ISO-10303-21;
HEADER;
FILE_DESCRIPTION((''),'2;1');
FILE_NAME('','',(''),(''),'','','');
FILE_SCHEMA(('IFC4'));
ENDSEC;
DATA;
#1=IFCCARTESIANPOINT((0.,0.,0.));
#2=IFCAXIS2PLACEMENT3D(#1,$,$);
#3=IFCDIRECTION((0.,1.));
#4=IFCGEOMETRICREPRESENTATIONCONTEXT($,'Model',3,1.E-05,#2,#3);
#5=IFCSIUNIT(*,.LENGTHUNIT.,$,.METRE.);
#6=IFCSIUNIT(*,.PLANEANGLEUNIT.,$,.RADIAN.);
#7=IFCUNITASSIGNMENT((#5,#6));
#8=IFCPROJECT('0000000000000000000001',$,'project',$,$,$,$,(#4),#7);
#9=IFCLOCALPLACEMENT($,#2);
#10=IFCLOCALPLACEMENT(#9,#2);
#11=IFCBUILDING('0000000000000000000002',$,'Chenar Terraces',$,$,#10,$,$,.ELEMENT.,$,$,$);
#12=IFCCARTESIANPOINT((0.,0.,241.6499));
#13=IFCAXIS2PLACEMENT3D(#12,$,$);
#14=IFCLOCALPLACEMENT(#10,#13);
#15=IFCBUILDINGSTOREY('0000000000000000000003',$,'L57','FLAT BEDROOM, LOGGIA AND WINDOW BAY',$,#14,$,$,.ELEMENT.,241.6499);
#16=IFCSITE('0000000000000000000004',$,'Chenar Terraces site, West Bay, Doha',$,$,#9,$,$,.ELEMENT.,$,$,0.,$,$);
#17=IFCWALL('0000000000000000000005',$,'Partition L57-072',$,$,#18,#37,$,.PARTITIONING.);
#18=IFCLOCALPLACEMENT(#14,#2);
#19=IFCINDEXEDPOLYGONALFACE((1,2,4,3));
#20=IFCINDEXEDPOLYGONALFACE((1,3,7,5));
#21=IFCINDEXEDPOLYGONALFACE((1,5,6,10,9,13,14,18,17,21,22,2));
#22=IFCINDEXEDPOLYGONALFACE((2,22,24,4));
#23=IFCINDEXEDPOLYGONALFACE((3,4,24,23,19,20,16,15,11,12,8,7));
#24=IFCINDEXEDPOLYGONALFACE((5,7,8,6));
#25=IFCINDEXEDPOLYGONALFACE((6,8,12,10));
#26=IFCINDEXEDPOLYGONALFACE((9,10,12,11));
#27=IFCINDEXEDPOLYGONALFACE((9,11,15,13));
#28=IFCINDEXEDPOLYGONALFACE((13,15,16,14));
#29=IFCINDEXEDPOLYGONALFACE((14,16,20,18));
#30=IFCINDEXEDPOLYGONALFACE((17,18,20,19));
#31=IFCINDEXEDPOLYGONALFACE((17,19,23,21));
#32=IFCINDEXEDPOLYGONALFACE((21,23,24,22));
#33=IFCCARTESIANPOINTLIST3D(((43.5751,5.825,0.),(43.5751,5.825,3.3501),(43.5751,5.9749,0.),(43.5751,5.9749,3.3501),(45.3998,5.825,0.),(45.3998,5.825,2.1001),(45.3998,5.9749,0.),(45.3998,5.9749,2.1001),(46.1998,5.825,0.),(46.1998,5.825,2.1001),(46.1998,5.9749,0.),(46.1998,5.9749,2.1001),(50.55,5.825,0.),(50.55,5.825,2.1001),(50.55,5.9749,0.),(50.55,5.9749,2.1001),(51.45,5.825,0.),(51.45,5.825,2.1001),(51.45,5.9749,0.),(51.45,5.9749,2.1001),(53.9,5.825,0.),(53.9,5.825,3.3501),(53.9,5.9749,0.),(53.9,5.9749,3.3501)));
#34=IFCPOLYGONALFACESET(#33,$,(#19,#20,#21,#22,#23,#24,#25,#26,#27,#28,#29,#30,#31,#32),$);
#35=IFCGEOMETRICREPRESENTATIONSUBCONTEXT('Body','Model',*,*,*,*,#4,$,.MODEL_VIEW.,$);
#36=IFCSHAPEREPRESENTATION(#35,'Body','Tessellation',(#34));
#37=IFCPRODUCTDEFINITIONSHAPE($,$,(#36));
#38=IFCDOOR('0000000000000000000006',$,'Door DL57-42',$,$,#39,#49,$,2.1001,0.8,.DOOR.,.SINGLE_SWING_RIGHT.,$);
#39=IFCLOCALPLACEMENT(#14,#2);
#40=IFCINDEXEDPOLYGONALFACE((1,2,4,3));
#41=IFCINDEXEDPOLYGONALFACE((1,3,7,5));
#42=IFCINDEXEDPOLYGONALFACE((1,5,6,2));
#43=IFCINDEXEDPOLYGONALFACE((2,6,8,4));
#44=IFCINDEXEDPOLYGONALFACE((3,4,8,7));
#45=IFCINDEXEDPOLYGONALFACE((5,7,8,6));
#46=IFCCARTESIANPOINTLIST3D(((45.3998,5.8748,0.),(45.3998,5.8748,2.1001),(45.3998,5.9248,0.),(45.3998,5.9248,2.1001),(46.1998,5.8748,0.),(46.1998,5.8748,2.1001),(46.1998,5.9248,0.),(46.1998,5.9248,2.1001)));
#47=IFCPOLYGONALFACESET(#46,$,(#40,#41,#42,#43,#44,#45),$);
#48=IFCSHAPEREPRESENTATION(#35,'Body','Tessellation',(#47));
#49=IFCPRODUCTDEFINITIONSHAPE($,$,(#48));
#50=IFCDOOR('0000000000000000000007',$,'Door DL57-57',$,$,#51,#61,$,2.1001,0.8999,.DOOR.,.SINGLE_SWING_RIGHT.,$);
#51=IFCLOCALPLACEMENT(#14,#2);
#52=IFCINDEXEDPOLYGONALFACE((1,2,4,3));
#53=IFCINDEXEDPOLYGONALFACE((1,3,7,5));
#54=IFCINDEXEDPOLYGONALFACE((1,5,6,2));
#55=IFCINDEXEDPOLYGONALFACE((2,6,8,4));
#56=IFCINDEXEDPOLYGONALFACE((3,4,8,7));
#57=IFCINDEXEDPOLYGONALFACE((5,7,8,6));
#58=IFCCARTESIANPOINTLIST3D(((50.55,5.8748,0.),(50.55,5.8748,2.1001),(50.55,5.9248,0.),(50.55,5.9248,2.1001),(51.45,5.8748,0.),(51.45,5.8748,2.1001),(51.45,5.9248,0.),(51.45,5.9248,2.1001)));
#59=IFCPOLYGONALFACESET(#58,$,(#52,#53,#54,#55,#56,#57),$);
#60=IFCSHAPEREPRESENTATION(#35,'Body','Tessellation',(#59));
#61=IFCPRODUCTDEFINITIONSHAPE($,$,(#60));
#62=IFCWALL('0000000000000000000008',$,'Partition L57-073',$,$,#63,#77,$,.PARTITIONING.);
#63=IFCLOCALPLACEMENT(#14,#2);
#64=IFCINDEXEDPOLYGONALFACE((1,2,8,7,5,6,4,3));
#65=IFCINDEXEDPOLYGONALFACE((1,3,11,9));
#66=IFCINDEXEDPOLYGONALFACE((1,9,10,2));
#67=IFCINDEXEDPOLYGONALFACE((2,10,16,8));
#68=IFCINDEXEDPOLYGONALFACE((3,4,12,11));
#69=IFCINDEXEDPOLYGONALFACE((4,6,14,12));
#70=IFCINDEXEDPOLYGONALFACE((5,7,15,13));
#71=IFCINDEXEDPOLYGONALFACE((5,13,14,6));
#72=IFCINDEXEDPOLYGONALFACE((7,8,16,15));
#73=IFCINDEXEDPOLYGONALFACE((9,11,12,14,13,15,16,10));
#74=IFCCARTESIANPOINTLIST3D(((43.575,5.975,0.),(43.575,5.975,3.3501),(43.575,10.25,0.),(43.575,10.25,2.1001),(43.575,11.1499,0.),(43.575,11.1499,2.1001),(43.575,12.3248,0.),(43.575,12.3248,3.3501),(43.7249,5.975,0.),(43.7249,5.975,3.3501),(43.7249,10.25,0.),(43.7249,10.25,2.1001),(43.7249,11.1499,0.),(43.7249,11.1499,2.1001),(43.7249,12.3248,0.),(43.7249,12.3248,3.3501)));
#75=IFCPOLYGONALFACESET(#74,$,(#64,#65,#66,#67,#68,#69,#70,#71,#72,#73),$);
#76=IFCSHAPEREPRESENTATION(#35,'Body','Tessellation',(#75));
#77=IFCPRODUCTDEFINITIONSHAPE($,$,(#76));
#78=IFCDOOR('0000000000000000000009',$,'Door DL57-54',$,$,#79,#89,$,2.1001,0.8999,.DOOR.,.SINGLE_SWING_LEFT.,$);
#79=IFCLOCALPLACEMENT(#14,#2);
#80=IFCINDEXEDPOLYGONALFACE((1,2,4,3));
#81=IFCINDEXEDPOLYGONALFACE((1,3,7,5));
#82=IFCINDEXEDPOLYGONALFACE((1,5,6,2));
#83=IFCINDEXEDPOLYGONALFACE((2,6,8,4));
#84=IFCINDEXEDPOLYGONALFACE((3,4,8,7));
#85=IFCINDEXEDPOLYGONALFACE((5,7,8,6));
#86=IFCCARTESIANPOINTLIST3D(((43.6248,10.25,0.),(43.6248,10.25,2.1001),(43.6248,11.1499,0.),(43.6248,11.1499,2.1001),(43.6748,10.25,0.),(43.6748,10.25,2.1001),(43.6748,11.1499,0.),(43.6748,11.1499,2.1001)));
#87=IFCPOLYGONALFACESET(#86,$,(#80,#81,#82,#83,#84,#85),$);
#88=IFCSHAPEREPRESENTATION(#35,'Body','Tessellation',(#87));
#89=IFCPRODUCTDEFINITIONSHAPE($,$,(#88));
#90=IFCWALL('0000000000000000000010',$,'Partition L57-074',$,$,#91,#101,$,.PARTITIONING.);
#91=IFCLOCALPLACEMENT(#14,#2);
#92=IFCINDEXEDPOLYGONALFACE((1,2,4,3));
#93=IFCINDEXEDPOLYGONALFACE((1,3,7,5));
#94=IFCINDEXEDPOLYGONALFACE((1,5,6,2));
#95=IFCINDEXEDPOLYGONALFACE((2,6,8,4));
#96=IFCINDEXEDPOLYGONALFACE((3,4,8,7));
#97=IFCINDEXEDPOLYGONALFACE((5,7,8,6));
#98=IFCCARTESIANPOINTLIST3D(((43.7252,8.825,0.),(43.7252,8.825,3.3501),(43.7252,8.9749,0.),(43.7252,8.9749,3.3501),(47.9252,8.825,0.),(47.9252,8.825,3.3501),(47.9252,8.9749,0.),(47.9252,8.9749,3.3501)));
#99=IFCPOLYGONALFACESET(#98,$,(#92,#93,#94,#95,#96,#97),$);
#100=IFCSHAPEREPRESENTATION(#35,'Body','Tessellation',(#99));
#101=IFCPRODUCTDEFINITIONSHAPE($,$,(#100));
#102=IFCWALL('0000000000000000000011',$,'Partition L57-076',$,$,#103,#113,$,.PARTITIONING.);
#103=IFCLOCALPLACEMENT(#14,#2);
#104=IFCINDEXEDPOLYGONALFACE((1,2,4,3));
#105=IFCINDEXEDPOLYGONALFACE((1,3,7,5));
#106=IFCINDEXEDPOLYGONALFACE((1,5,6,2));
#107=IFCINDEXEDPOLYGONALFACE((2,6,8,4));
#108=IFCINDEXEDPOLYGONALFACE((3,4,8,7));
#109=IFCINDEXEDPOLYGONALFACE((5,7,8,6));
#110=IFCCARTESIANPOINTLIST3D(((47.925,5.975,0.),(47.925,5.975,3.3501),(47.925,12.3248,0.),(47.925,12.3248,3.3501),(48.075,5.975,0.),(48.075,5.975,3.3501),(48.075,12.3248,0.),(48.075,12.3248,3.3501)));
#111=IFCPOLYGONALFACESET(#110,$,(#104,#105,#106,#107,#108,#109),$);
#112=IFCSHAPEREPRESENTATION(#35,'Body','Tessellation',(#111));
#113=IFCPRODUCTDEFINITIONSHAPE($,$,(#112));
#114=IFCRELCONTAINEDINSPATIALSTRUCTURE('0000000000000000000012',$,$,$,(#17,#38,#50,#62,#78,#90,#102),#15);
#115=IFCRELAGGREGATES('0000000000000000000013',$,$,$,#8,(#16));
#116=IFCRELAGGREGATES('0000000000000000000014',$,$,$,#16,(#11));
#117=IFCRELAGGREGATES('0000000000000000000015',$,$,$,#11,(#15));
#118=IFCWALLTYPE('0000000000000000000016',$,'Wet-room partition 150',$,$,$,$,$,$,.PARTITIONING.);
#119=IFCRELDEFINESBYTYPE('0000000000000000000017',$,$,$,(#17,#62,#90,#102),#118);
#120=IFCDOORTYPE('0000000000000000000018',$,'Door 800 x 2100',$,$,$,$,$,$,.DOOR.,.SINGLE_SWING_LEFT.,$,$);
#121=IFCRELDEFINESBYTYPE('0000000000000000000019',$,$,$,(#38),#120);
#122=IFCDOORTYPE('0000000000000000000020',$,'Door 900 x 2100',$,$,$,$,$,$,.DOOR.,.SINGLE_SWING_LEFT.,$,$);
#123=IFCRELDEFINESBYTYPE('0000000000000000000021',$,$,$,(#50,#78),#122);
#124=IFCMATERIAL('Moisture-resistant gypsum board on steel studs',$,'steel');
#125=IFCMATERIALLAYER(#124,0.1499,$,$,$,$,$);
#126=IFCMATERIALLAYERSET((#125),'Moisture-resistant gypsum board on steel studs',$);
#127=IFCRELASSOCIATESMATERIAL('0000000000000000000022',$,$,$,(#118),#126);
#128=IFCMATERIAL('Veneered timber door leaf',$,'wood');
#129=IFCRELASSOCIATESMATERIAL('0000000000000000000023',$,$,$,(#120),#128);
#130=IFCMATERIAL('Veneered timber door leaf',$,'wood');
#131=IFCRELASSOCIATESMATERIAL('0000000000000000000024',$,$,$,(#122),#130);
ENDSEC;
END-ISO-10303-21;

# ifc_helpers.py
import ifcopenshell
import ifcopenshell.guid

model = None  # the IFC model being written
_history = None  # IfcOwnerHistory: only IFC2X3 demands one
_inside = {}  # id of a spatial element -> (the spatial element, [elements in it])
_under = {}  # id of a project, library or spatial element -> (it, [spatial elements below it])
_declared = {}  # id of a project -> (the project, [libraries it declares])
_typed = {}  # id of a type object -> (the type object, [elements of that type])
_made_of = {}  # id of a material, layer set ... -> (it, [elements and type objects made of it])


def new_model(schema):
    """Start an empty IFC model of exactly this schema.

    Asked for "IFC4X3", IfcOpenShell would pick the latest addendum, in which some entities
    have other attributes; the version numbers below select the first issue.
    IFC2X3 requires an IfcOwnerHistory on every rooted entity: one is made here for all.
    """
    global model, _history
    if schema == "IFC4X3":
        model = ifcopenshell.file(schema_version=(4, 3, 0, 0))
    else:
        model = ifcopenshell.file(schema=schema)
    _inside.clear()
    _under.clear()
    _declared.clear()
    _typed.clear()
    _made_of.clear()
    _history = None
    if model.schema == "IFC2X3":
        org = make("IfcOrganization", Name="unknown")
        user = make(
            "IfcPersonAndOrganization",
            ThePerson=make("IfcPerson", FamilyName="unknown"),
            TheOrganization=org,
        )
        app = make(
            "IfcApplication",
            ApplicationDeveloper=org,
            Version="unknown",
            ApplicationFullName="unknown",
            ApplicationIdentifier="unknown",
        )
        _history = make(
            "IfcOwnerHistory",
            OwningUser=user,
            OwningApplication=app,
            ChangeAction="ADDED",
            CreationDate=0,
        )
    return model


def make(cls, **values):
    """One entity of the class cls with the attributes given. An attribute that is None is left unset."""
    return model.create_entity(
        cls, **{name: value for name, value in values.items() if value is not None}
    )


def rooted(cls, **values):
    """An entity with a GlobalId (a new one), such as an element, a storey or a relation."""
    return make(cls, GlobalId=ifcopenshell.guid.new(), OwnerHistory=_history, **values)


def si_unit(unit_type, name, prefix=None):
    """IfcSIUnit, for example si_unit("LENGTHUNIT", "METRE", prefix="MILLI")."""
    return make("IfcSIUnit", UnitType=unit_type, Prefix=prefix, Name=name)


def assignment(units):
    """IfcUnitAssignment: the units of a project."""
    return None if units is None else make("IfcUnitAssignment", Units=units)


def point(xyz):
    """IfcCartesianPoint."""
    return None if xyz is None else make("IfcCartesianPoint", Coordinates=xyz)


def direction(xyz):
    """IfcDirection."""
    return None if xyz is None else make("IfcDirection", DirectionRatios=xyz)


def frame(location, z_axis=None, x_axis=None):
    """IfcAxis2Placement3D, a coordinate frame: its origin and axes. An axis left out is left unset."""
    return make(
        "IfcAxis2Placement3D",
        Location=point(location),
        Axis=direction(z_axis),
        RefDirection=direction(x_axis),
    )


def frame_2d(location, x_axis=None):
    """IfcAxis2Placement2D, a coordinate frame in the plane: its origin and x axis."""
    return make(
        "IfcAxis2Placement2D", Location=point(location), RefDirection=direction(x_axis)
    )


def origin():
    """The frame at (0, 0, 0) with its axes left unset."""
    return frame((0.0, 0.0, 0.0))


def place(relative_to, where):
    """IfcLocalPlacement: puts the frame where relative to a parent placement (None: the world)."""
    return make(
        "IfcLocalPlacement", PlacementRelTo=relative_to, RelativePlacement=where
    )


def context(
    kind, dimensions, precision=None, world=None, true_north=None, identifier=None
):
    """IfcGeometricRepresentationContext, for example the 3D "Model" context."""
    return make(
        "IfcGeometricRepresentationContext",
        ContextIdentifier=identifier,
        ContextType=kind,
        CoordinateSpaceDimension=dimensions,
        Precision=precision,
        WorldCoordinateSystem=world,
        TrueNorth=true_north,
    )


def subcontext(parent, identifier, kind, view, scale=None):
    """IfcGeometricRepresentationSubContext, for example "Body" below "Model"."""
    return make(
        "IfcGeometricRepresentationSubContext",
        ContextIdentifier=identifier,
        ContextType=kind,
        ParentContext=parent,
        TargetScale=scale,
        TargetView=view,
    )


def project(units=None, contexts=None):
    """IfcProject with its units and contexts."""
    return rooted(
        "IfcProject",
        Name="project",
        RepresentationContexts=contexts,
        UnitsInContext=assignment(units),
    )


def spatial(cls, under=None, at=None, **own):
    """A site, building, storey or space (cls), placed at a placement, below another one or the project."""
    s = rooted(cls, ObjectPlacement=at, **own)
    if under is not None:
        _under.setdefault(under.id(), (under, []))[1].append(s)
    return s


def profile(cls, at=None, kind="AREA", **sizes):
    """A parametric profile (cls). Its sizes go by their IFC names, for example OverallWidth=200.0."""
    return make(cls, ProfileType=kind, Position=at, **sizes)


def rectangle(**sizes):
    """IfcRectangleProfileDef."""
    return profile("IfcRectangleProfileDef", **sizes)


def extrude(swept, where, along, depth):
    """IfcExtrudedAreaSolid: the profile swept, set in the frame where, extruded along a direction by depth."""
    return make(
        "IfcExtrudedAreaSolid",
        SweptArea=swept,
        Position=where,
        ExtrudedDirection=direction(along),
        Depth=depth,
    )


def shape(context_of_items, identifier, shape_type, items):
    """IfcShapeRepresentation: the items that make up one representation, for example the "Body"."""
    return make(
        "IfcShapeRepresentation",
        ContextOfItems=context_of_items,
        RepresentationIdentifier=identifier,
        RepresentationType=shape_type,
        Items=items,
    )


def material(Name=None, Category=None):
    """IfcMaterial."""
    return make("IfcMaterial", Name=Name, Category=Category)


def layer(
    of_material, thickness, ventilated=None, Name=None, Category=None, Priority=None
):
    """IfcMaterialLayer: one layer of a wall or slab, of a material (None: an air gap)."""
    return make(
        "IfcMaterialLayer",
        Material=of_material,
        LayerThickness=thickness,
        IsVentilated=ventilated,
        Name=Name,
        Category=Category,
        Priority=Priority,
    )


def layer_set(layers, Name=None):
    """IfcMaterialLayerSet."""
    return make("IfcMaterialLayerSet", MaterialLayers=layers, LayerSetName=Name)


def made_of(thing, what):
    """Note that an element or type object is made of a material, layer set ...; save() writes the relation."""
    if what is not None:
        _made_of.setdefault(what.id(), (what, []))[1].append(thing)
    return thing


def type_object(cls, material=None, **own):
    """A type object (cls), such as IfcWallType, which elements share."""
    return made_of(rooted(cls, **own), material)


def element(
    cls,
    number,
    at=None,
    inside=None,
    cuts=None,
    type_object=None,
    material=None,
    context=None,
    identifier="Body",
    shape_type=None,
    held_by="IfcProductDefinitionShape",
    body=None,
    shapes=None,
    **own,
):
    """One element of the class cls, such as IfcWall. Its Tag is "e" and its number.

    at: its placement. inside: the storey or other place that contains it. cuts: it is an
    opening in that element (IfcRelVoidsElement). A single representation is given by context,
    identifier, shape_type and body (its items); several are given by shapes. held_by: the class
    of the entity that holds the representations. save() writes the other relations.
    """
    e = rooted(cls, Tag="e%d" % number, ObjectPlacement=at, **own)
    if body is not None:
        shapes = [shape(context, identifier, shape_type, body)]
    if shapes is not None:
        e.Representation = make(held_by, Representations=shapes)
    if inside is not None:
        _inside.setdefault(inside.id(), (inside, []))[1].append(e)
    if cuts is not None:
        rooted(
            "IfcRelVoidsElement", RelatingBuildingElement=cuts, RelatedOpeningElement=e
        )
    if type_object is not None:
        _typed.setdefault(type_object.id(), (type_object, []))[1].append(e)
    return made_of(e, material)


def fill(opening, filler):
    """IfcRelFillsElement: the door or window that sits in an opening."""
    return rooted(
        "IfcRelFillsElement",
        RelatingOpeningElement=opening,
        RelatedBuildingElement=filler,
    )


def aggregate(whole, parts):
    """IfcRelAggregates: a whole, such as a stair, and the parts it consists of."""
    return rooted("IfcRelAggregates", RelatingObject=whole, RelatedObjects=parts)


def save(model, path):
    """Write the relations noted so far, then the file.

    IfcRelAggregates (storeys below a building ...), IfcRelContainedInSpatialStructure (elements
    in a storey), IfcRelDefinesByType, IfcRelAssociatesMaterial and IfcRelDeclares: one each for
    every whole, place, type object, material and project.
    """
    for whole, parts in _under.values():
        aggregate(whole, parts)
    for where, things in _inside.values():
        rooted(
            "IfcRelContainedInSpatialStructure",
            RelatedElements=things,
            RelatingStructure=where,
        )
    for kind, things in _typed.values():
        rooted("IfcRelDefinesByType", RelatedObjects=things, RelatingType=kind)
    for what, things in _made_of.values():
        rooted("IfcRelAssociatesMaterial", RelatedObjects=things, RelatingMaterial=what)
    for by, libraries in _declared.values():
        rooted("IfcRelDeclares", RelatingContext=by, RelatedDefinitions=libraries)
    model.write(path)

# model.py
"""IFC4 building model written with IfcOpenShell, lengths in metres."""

from ifc_helpers import new_model, si_unit, direction, frame, frame_2d, origin, place, context, subcontext, project, spatial, rectangle, extrude, material, layer, layer_set, type_object, element, fill, save


model = new_model("IFC4")

# Units and contexts
model_context = context("Model", 3, precision=1e-05, world=origin(), true_north=direction((0.0, 1.0)))
body_context = subcontext(model_context, "Body", "Model", "MODEL_VIEW")
ifc_project = project(units=[si_unit("LENGTHUNIT", "METRE"), si_unit("PLANEANGLEUNIT", "RADIAN")], contexts=[model_context])

# Site, building, storey
site_placement = place(None, origin())
site = spatial("IfcSite", under=ifc_project, at=site_placement, Name="Chenar Terraces site, West Bay, Doha", CompositionType="ELEMENT", RefElevation=0.0)
building_placement = place(site_placement, origin())
building = spatial("IfcBuilding", under=site, at=building_placement, Name="Chenar Terraces", CompositionType="ELEMENT")
storey_placement = place(building_placement, frame((0.0, 0.0, 241.6499)))
storey = spatial("IfcBuildingStorey", under=building, at=storey_placement, Name="L57", Description="FLAT BEDROOM, LOGGIA AND WINDOW BAY", CompositionType="ELEMENT", Elevation=241.6499)

# Wall, openings, doors
ifc_material_1 = material(Name="Moisture-resistant gypsum board on steel studs", Category="steel")
ifc_layer_1 = layer(ifc_material_1, 0.1499)
ifc_layer_set_1 = layer_set([ifc_layer_1], Name="Moisture-resistant gypsum board on steel studs")
wall_type_1 = type_object("IfcWallType", Name="Wet-room partition 150", PredefinedType="PARTITIONING", material=ifc_layer_set_1)
wall_1_placement = place(storey_placement, frame((43.575, 5.8999, 0.0), z_axis=(0.0, 0.0, 1.0), x_axis=(1.0, 0.0, 0.0)))
wall_1 = element("IfcWall", 1, at=wall_1_placement, inside=storey, type_object=wall_type_1, Name="Partition L57-072", PredefinedType="PARTITIONING", context=body_context, shape_type="SweptSolid", body=[
    extrude(rectangle(XDim=10.325, YDim=0.1499, at=frame_2d((5.1626, 0.0))), origin(), (0.0, 0.0, 1.0), 3.3501),
])
opening_1_placement = place(wall_1_placement, frame((1.825, 0.0, 0.0)))
opening_1 = element("IfcOpeningElement", 2, at=opening_1_placement, cuts=wall_1, PredefinedType="OPENING", context=body_context, shape_type="SweptSolid", body=[
    extrude(rectangle(XDim=0.8, YDim=2.1001, at=frame_2d((0.3999, 1.05))), frame((0.0, 0.085, 0.0), z_axis=(0.0, -1.0, 0.0), x_axis=(1.0, 0.0, 0.0)), (0.0, 0.0, 1.0), 0.1699),
])
opening_2_placement = place(wall_1_placement, frame((6.9751, 0.0, 0.0)))
opening_2 = element("IfcOpeningElement", 3, at=opening_2_placement, cuts=wall_1, PredefinedType="OPENING", context=body_context, shape_type="SweptSolid", body=[
    extrude(rectangle(XDim=0.8999, YDim=2.1001, at=frame_2d((0.45, 1.05))), frame((0.0, 0.085, 0.0), z_axis=(0.0, -1.0, 0.0), x_axis=(1.0, 0.0, 0.0)), (0.0, 0.0, 1.0), 0.1699),
])
ifc_material_2 = material(Name="Veneered timber door leaf", Category="wood")
door_type_1 = type_object("IfcDoorType", Name="Door 800 x 2100", OperationType="SINGLE_SWING_LEFT", PredefinedType="DOOR", material=ifc_material_2)
door_1_placement = place(opening_1_placement, origin())
door_1 = element("IfcDoor", 4, at=door_1_placement, inside=storey, type_object=door_type_1, Name="Door DL57-42", OperationType="SINGLE_SWING_RIGHT", OverallHeight=2.1001, OverallWidth=0.8, PredefinedType="DOOR", context=body_context, shape_type="SweptSolid", body=[
    extrude(rectangle(XDim=0.8, YDim=2.1001, at=frame_2d((0.3999, 1.05))), frame((0.0, 0.0249, 0.0), z_axis=(0.0, -1.0, 0.0), x_axis=(1.0, 0.0, 0.0)), (0.0, 0.0, 1.0), 0.05),
])
fill(opening_1, door_1)
ifc_material_3 = material(Name="Veneered timber door leaf", Category="wood")
door_type_2 = type_object("IfcDoorType", Name="Door 900 x 2100", OperationType="SINGLE_SWING_LEFT", PredefinedType="DOOR", material=ifc_material_3)
door_2_placement = place(opening_2_placement, origin())
door_2 = element("IfcDoor", 5, at=door_2_placement, inside=storey, type_object=door_type_2, Name="Door DL57-57", OperationType="SINGLE_SWING_RIGHT", OverallHeight=2.1001, OverallWidth=0.8999, PredefinedType="DOOR", context=body_context, shape_type="SweptSolid", body=[
    extrude(rectangle(XDim=0.8999, YDim=2.1001, at=frame_2d((0.45, 1.05))), frame((0.0, 0.0249, 0.0), z_axis=(0.0, -1.0, 0.0), x_axis=(1.0, 0.0, 0.0)), (0.0, 0.0, 1.0), 0.05),
])
fill(opening_2, door_2)

# Wall, opening, door
wall_2_placement = place(storey_placement, frame((43.6499, 5.9751, 0.0), z_axis=(0.0, 0.0, 1.0), x_axis=(0.0, 1.0, 0.0)))
wall_2 = element("IfcWall", 6, at=wall_2_placement, inside=storey, type_object=wall_type_1, Name="Partition L57-073", PredefinedType="PARTITIONING", context=body_context, shape_type="SweptSolid", body=[
    extrude(rectangle(XDim=6.3499, YDim=0.1499, at=frame_2d((3.1748, 0.0))), origin(), (0.0, 0.0, 1.0), 3.3501),
])
opening_3_placement = place(wall_2_placement, frame((4.2749, 0.0, 0.0)))
opening_3 = element("IfcOpeningElement", 7, at=opening_3_placement, cuts=wall_2, PredefinedType="OPENING", context=body_context, shape_type="SweptSolid", body=[
    extrude(rectangle(XDim=0.8999, YDim=2.1001, at=frame_2d((0.45, 1.05))), frame((0.0, 0.085, 0.0), z_axis=(0.0, -1.0, 0.0), x_axis=(1.0, 0.0, 0.0)), (0.0, 0.0, 1.0), 0.1699),
])
door_3_placement = place(opening_3_placement, frame((0.8999, 0.0, 0.0), z_axis=(0.0, 0.0, 1.0), x_axis=(-1.0, 0.0, 0.0)))
door_3 = element("IfcDoor", 8, at=door_3_placement, inside=storey, type_object=door_type_2, Name="Door DL57-54", OperationType="SINGLE_SWING_LEFT", OverallHeight=2.1001, OverallWidth=0.8999, PredefinedType="DOOR", context=body_context, shape_type="SweptSolid", body=[
    extrude(rectangle(XDim=0.8999, YDim=2.1001, at=frame_2d((0.45, 1.05))), frame((0.0, 0.0249, 0.0), z_axis=(0.0, -1.0, 0.0), x_axis=(1.0, 0.0, 0.0)), (0.0, 0.0, 1.0), 0.05),
])
fill(opening_3, door_3)

# Walls
wall_3_placement = place(storey_placement, frame((43.7251, 8.8999, 0.0), z_axis=(0.0, 0.0, 1.0), x_axis=(1.0, 0.0, 0.0)))
element("IfcWall", 9, at=wall_3_placement, inside=storey, type_object=wall_type_1, Name="Partition L57-074", PredefinedType="PARTITIONING", context=body_context, shape_type="SweptSolid", body=[
    extrude(rectangle(XDim=4.2, YDim=0.1499, at=frame_2d((2.1001, 0.0))), origin(), (0.0, 0.0, 1.0), 3.3501),
])
wall_4_placement = place(storey_placement, frame((48.0, 5.9751, 0.0), z_axis=(0.0, 0.0, 1.0), x_axis=(0.0, 1.0, 0.0)))
element("IfcWall", 10, at=wall_4_placement, inside=storey, type_object=wall_type_1, Name="Partition L57-076", PredefinedType="PARTITIONING", context=body_context, shape_type="SweptSolid", body=[
    extrude(rectangle(XDim=6.3499, YDim=0.1499, at=frame_2d((3.1748, 0.0))), origin(), (0.0, 0.0, 1.0), 3.3501),
])

save(model, "model.ifc")
